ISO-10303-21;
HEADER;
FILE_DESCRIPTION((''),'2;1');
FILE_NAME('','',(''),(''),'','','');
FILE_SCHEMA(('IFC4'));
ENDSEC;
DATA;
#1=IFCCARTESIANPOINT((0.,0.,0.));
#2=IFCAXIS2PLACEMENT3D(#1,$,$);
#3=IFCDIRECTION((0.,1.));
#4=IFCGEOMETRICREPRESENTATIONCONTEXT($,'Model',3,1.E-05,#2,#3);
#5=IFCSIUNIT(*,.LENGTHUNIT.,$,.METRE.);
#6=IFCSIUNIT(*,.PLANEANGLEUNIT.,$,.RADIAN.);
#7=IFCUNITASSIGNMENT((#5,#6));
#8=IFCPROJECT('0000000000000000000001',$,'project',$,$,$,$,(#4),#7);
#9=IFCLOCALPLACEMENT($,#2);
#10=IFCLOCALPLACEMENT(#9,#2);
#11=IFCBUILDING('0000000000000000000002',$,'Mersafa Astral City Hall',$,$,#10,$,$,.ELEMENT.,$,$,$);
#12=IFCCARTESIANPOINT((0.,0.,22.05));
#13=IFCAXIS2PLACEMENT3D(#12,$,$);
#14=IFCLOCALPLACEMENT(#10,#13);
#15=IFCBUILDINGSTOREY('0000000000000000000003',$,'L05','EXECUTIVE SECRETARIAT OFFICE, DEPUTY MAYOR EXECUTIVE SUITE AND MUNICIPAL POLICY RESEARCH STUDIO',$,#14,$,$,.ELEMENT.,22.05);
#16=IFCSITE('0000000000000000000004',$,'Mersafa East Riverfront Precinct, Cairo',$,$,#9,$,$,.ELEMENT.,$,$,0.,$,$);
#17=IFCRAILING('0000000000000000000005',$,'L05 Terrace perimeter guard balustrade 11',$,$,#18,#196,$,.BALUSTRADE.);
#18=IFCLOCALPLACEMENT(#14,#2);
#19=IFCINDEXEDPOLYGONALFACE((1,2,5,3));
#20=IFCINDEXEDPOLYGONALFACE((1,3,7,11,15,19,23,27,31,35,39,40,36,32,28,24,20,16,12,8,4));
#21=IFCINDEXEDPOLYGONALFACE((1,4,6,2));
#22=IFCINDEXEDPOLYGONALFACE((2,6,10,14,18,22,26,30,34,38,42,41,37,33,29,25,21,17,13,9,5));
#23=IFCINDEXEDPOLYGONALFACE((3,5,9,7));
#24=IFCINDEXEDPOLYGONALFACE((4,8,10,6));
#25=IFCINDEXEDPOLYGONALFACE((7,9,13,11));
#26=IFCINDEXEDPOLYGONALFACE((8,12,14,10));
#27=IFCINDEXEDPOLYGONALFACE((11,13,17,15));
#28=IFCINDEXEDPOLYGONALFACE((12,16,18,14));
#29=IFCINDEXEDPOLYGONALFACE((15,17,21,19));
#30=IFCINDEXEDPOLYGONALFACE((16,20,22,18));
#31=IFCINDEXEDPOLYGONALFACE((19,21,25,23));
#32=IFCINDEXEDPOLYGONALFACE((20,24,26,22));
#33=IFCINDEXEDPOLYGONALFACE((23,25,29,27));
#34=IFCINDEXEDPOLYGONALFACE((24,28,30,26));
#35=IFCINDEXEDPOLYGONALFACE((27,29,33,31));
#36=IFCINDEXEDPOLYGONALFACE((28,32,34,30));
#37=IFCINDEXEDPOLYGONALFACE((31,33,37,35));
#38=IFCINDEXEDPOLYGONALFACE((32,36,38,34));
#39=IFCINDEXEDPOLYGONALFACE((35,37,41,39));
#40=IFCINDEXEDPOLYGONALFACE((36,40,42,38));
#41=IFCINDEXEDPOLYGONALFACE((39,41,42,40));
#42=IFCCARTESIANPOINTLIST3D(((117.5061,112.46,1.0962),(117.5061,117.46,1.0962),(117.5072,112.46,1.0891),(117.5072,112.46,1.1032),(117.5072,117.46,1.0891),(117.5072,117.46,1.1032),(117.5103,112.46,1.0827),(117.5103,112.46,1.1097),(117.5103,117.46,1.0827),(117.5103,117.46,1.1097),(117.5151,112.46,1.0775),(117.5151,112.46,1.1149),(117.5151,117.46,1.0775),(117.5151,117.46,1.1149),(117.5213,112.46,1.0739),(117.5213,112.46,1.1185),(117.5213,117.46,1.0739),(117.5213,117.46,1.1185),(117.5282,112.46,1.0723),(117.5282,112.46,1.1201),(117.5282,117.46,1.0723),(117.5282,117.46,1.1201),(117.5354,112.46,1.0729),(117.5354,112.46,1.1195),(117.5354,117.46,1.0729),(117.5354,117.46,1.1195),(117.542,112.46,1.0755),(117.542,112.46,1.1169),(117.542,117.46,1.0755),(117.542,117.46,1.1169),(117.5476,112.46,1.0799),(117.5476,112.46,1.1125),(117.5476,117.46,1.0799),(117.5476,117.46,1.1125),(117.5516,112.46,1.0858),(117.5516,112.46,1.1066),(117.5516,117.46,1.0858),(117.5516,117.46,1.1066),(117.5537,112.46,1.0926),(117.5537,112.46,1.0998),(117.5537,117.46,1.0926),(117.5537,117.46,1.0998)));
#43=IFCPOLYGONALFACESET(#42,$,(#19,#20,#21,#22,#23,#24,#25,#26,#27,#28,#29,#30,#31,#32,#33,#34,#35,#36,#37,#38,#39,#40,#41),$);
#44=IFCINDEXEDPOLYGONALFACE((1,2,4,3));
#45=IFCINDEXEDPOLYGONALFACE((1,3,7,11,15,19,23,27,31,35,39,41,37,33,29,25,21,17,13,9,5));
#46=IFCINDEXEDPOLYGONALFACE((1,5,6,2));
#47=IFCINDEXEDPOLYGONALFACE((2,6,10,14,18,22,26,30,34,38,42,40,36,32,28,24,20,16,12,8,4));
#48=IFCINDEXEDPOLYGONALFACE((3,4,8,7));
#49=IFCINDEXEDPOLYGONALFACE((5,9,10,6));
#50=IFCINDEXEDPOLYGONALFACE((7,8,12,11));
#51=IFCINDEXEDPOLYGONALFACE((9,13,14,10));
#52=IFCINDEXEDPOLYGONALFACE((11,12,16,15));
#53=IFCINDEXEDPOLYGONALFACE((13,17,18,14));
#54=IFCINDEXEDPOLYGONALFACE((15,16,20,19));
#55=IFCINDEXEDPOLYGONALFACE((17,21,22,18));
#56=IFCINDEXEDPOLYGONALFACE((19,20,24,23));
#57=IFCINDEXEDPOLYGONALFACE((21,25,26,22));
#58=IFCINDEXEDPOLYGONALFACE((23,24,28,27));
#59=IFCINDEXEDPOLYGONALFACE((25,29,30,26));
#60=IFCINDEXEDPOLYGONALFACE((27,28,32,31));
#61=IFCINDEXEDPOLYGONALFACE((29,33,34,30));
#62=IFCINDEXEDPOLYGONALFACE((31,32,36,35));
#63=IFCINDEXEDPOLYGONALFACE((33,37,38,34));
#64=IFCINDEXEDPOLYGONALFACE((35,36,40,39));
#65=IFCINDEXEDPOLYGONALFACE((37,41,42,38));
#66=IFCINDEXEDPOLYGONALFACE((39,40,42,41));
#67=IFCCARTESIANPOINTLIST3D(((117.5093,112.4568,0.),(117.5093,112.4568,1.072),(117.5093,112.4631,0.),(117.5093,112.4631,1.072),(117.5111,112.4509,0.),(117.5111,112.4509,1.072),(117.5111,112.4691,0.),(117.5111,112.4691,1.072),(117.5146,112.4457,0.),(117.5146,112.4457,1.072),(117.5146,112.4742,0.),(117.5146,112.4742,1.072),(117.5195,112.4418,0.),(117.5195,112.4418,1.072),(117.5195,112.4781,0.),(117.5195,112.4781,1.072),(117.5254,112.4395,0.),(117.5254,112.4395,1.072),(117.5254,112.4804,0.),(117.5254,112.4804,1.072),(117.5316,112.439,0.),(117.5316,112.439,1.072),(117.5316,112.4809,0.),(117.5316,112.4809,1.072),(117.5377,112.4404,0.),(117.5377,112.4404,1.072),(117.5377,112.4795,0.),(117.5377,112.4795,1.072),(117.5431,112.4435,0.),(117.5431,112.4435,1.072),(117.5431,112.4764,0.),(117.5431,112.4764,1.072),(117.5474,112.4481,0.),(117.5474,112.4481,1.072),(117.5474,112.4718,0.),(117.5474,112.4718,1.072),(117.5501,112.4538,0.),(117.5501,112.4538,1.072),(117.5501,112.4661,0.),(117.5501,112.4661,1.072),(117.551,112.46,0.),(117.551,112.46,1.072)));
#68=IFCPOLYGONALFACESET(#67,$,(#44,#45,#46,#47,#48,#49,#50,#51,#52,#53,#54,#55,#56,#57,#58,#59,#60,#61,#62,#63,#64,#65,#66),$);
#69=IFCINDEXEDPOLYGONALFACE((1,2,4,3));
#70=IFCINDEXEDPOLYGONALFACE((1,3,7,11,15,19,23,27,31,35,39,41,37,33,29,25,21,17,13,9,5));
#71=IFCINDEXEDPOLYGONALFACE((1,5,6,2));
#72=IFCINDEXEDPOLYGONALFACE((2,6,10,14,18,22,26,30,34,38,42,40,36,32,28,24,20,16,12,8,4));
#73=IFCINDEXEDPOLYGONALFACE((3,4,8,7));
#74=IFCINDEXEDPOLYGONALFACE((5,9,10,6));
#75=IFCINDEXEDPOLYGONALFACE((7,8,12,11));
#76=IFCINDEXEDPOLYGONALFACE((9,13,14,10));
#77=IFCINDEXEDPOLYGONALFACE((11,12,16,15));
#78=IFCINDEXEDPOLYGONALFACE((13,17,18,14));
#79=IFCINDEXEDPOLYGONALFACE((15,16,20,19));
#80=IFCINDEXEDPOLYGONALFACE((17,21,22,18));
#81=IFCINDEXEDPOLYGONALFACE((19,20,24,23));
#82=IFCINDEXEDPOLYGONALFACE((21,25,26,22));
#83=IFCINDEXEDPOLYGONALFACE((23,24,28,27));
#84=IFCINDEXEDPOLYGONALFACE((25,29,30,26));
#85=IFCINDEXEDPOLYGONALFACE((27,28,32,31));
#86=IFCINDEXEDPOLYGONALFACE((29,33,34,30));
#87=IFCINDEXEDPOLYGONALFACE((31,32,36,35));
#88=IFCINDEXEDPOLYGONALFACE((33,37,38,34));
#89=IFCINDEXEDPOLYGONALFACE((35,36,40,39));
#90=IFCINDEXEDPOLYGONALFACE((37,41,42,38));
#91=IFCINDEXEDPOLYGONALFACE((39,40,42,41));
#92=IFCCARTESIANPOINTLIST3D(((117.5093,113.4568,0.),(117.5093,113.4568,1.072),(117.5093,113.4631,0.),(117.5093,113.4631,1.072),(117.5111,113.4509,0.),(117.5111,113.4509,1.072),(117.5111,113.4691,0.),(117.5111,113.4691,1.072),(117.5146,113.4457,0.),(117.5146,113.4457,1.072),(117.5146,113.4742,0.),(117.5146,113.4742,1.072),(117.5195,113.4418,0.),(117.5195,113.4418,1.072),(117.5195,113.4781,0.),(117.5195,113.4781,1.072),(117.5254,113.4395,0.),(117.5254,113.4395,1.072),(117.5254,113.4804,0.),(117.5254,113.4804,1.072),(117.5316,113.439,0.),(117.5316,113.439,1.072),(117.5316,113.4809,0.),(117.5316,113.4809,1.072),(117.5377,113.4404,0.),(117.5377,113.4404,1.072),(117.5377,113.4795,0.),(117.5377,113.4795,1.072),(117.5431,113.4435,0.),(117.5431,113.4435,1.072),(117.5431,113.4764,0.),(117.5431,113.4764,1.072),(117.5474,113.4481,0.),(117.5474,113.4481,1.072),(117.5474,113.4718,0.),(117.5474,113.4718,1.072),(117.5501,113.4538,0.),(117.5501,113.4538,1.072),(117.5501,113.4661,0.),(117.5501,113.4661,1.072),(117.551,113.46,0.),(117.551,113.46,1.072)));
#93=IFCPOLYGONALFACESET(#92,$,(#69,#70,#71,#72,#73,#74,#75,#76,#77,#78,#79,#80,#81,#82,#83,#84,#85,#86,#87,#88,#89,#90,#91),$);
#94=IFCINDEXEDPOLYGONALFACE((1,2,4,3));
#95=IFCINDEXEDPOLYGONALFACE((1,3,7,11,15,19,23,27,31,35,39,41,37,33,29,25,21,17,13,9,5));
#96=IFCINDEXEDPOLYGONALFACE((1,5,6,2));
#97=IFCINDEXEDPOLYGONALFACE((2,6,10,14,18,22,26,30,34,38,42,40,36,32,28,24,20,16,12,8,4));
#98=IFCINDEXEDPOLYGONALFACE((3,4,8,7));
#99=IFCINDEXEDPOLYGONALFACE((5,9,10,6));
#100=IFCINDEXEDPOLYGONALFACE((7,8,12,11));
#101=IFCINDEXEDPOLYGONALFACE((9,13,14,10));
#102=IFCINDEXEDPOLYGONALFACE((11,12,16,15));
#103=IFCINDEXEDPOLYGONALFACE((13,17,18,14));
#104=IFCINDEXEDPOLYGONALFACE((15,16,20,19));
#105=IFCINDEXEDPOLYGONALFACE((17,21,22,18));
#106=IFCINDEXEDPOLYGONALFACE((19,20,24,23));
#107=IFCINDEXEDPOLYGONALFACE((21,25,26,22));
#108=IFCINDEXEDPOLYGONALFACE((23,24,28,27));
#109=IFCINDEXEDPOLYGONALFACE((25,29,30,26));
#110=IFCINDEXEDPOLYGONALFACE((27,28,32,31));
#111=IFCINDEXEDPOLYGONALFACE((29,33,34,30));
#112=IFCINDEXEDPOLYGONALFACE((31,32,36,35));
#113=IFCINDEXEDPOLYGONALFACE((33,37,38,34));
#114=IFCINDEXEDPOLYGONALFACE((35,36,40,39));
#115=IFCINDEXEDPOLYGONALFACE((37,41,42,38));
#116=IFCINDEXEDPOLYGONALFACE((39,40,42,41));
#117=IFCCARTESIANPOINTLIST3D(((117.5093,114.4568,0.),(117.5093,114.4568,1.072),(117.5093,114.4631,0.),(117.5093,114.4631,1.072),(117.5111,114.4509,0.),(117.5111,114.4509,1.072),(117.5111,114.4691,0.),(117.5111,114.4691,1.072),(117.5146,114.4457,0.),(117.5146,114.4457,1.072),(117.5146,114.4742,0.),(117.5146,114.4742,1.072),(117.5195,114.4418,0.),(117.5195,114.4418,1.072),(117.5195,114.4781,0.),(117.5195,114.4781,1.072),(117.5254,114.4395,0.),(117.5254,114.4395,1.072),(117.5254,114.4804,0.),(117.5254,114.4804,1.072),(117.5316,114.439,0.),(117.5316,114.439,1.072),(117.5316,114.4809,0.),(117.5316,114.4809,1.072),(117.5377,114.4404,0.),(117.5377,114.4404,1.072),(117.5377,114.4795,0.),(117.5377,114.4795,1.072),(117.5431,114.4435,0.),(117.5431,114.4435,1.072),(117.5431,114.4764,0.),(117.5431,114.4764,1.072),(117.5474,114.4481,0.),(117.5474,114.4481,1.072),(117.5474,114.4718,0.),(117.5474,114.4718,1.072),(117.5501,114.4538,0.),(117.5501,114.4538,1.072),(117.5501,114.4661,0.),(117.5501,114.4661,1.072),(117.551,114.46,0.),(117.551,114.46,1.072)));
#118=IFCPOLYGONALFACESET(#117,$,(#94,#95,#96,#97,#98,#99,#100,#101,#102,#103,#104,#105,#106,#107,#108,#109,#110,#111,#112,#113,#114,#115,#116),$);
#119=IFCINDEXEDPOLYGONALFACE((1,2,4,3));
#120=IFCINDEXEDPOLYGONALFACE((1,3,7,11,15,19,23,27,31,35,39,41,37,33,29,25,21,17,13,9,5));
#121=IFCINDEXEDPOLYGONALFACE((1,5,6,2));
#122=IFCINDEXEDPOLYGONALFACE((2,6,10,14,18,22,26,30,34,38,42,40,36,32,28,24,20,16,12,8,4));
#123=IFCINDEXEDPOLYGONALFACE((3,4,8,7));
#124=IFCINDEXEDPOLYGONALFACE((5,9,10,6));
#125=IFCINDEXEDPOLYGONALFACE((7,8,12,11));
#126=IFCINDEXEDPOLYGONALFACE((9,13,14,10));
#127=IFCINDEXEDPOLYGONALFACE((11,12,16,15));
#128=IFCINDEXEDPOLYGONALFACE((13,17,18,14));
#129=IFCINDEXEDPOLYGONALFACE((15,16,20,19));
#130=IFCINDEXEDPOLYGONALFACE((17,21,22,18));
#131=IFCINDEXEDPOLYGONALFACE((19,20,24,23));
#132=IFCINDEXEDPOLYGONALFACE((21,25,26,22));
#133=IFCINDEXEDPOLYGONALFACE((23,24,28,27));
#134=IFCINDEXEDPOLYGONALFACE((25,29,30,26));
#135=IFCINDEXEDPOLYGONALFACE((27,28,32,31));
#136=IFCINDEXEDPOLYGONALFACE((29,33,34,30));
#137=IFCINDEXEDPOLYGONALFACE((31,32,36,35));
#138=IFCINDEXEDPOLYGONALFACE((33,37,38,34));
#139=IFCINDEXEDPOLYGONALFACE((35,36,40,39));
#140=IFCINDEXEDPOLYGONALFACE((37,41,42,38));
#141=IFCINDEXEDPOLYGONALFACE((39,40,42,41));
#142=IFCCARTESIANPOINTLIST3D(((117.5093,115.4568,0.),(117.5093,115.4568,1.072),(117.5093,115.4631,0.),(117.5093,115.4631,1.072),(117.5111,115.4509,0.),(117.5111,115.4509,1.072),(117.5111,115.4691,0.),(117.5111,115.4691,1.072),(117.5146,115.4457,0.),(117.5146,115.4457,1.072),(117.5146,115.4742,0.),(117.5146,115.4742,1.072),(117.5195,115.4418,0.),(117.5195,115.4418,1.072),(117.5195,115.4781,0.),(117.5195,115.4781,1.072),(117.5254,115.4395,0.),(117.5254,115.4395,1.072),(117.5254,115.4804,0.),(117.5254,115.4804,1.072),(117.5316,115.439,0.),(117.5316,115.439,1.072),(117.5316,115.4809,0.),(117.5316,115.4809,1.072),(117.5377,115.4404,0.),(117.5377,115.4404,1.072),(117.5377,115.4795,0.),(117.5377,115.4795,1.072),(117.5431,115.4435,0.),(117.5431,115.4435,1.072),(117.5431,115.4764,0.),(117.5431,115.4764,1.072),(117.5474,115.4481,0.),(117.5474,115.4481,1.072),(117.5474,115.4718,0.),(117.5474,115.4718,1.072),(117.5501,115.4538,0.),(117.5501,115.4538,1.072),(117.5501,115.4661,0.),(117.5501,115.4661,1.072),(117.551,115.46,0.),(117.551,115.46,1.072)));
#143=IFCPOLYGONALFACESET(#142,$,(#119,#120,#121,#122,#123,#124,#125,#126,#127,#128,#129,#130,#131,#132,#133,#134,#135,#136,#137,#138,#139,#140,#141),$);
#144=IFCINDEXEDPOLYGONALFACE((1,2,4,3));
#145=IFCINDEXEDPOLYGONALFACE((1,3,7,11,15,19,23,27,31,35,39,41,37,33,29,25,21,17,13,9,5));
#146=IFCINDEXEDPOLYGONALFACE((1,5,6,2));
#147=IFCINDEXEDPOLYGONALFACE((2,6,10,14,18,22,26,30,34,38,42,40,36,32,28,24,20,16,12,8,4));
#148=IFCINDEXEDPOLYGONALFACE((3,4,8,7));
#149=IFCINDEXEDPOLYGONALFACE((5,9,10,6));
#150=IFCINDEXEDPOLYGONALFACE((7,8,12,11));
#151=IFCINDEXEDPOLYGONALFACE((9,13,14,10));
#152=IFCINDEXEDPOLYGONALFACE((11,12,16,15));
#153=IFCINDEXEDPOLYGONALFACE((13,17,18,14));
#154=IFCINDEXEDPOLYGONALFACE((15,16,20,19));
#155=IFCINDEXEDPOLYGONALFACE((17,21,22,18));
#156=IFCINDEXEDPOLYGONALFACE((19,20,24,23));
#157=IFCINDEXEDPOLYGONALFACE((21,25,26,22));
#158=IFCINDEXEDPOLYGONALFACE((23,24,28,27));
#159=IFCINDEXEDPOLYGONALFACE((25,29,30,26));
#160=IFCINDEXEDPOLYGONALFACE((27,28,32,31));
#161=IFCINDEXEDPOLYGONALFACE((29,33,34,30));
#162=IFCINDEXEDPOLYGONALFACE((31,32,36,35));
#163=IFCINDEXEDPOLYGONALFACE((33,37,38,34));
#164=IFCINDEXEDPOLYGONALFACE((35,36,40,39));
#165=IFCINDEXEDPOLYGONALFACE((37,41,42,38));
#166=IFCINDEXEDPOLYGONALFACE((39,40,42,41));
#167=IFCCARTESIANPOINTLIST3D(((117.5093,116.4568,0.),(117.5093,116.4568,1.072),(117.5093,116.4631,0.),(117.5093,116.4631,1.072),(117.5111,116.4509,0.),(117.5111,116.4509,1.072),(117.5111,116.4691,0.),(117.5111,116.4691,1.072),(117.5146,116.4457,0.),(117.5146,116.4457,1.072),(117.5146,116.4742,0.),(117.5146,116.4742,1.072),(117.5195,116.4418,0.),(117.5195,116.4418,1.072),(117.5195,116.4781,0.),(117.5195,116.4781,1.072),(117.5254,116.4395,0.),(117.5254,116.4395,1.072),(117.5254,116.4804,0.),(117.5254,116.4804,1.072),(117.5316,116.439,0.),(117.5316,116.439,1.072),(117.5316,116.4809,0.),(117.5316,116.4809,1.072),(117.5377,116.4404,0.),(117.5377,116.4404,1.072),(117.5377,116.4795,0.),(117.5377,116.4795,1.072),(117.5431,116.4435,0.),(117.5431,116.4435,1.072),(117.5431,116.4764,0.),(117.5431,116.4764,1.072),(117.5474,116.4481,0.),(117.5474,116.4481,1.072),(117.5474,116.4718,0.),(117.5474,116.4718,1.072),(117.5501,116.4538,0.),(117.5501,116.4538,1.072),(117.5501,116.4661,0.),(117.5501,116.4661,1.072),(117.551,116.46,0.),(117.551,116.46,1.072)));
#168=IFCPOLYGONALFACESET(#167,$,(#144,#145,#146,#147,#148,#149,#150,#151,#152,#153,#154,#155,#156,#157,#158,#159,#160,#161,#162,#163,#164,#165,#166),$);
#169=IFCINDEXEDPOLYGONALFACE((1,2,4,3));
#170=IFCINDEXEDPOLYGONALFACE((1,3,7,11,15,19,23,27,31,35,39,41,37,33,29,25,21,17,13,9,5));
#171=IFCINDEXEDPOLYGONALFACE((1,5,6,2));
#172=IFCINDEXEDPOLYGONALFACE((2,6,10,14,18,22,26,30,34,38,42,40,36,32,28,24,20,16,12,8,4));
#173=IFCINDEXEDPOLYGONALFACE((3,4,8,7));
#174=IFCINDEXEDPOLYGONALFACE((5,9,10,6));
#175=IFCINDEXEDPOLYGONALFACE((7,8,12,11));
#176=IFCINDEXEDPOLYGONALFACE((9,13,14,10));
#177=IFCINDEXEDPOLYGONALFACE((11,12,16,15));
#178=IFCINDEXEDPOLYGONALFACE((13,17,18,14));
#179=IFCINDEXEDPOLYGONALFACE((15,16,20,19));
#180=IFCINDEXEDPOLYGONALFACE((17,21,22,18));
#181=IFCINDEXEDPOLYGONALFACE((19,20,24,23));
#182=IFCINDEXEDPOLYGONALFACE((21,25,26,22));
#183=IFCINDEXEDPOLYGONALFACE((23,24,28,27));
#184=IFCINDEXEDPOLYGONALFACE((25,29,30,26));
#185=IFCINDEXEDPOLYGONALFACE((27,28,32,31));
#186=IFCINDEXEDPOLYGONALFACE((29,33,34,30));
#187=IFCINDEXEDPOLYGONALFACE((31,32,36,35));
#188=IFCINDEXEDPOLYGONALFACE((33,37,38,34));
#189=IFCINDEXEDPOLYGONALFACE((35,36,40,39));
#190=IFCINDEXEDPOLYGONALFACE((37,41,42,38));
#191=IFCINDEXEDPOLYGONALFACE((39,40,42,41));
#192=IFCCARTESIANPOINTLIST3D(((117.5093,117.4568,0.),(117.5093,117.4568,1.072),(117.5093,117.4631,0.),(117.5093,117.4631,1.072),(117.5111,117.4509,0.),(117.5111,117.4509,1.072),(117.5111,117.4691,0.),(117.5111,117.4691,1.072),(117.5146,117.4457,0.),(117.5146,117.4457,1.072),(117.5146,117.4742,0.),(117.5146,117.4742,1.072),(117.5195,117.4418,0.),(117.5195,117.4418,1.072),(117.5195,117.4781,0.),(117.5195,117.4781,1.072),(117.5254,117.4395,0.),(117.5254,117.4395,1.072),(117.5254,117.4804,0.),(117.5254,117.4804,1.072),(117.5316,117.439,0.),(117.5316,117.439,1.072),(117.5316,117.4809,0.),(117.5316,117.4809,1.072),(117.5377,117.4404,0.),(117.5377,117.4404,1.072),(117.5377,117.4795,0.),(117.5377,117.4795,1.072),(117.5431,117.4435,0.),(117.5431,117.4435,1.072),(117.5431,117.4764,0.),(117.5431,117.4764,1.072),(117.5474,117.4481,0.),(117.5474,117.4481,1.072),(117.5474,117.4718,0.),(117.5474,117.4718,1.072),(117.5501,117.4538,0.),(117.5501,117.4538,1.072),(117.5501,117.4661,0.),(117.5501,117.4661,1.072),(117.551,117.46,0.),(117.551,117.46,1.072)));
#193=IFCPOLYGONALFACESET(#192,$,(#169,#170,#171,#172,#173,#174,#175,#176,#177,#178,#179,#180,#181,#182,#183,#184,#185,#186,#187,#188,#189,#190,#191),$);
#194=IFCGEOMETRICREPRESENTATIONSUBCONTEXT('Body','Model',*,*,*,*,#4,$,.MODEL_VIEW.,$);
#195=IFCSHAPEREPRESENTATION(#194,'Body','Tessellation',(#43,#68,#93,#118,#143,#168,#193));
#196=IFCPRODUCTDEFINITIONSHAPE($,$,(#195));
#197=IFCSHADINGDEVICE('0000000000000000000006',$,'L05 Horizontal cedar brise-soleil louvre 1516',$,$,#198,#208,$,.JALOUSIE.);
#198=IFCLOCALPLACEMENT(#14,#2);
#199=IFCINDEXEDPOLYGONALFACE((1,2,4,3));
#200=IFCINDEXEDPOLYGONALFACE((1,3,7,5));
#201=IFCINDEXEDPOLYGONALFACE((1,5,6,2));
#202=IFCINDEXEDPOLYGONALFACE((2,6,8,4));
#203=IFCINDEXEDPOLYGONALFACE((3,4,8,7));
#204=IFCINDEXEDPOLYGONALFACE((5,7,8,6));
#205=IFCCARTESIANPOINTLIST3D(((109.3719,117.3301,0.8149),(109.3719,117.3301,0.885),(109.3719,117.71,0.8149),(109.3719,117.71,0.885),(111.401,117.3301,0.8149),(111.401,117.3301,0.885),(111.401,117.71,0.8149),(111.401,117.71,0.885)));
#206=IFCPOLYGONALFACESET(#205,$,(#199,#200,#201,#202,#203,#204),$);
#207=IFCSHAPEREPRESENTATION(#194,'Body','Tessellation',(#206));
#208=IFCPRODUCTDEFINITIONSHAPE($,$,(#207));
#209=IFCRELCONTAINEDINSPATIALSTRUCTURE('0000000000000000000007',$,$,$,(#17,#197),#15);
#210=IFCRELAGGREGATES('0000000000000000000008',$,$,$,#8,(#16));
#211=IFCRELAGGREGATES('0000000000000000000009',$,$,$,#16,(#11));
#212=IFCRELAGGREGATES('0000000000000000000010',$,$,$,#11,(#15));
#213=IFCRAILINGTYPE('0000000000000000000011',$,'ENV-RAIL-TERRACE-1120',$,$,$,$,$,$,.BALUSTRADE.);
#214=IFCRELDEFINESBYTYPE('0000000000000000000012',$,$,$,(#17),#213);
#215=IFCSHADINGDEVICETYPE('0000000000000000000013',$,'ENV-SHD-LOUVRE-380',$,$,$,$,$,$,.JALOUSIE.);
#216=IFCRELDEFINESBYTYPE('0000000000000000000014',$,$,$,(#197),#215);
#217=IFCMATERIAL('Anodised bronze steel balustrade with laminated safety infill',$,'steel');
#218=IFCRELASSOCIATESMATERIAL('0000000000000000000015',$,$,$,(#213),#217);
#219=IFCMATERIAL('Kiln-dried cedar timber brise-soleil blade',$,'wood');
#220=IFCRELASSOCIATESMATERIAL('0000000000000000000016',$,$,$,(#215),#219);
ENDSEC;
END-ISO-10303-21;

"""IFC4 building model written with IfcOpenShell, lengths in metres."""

from ifc_helpers import new_model, si_unit, direction, frame, origin, origin_2d, place, context, subcontext, project, spatial, rectangle, circle, extrude, material, type_object, element, save


model = new_model("IFC4")

# Units and contexts
model_context = context("Model", 3, precision=1e-05, world=origin(), true_north=direction((0.0, 1.0)))
body_context = subcontext(model_context, "Body", "Model", "MODEL_VIEW")
ifc_project = project(units=[si_unit("LENGTHUNIT", "METRE"), si_unit("PLANEANGLEUNIT", "RADIAN")], contexts=[model_context])

# Site, building, storey
site_placement = place(None, origin())
site = spatial("IfcSite", under=ifc_project, at=site_placement, Name="Mersafa East Riverfront Precinct, Cairo", CompositionType="ELEMENT", RefElevation=0.0)
building_placement = place(site_placement, origin())
building = spatial("IfcBuilding", under=site, at=building_placement, Name="Mersafa Astral City Hall", CompositionType="ELEMENT")
storey_placement = place(building_placement, frame((0.0, 0.0, 22.05)))
storey = spatial("IfcBuildingStorey", under=building, at=storey_placement, Name="L05", Description="EXECUTIVE SECRETARIAT OFFICE, DEPUTY MAYOR EXECUTIVE SUITE AND MUNICIPAL POLICY RESEARCH STUDIO", CompositionType="ELEMENT", Elevation=22.05)

# Railing
ifc_material_1 = material(Name="Anodised bronze steel balustrade with laminated safety infill", Category="steel")
railing_type = type_object("IfcRailingType", Name="ENV-RAIL-TERRACE-1120", PredefinedType="BALUSTRADE", material=ifc_material_1)
railing_placement = place(storey_placement, frame((117.53, 112.46, 0.0)))
element("IfcRailing", 1, at=railing_placement, inside=storey, type_object=railing_type, Name="L05 Terrace perimeter guard balustrade 11", PredefinedType="BALUSTRADE", context=body_context, shape_type="SweptSolid", body=[
    extrude(circle(Radius=0.0239, at=origin_2d()), frame((0.0, 0.0, 1.0962), z_axis=(0.0, 1.0, 0.0), x_axis=(-1.0, 0.0, 0.0)), (0.0, 0.0, 1.0), 5.0),
    extrude(circle(Radius=0.021, at=origin_2d()), origin(), (0.0, 0.0, 1.0), 1.072),
    extrude(circle(Radius=0.021, at=origin_2d()), frame((0.0, 1.0, 0.0)), (0.0, 0.0, 1.0), 1.072),
    extrude(circle(Radius=0.021, at=origin_2d()), frame((0.0, 2.0, 0.0)), (0.0, 0.0, 1.0), 1.072),
    extrude(circle(Radius=0.021, at=origin_2d()), frame((0.0, 3.0, 0.0)), (0.0, 0.0, 1.0), 1.072),
    extrude(circle(Radius=0.021, at=origin_2d()), frame((0.0, 4.0, 0.0)), (0.0, 0.0, 1.0), 1.072),
    extrude(circle(Radius=0.021, at=origin_2d()), frame((0.0, 5.0, 0.0)), (0.0, 0.0, 1.0), 1.072),
])

# Shading device
ifc_material_2 = material(Name="Kiln-dried cedar timber brise-soleil blade", Category="wood")
shading_device_type_1 = type_object("IfcShadingDeviceType", Name="ENV-SHD-LOUVRE-380", PredefinedType="JALOUSIE", material=ifc_material_2)
shading_device_1_placement = place(storey_placement, frame((110.3865, 117.52, 0.8149), z_axis=(0.0, 0.0, 1.0), x_axis=(1.0, 0.0, 0.0)))
element("IfcShadingDevice", 2, at=shading_device_1_placement, inside=storey, type_object=shading_device_type_1, Name="L05 Horizontal cedar brise-soleil louvre 1516", PredefinedType="JALOUSIE", context=body_context, shape_type="SweptSolid", body=[
    extrude(rectangle(XDim=2.0291, YDim=0.3799, at=origin_2d()), origin(), (0.0, 0.0, 1.0), 0.0701),
])

save(model, "model.ifc")
